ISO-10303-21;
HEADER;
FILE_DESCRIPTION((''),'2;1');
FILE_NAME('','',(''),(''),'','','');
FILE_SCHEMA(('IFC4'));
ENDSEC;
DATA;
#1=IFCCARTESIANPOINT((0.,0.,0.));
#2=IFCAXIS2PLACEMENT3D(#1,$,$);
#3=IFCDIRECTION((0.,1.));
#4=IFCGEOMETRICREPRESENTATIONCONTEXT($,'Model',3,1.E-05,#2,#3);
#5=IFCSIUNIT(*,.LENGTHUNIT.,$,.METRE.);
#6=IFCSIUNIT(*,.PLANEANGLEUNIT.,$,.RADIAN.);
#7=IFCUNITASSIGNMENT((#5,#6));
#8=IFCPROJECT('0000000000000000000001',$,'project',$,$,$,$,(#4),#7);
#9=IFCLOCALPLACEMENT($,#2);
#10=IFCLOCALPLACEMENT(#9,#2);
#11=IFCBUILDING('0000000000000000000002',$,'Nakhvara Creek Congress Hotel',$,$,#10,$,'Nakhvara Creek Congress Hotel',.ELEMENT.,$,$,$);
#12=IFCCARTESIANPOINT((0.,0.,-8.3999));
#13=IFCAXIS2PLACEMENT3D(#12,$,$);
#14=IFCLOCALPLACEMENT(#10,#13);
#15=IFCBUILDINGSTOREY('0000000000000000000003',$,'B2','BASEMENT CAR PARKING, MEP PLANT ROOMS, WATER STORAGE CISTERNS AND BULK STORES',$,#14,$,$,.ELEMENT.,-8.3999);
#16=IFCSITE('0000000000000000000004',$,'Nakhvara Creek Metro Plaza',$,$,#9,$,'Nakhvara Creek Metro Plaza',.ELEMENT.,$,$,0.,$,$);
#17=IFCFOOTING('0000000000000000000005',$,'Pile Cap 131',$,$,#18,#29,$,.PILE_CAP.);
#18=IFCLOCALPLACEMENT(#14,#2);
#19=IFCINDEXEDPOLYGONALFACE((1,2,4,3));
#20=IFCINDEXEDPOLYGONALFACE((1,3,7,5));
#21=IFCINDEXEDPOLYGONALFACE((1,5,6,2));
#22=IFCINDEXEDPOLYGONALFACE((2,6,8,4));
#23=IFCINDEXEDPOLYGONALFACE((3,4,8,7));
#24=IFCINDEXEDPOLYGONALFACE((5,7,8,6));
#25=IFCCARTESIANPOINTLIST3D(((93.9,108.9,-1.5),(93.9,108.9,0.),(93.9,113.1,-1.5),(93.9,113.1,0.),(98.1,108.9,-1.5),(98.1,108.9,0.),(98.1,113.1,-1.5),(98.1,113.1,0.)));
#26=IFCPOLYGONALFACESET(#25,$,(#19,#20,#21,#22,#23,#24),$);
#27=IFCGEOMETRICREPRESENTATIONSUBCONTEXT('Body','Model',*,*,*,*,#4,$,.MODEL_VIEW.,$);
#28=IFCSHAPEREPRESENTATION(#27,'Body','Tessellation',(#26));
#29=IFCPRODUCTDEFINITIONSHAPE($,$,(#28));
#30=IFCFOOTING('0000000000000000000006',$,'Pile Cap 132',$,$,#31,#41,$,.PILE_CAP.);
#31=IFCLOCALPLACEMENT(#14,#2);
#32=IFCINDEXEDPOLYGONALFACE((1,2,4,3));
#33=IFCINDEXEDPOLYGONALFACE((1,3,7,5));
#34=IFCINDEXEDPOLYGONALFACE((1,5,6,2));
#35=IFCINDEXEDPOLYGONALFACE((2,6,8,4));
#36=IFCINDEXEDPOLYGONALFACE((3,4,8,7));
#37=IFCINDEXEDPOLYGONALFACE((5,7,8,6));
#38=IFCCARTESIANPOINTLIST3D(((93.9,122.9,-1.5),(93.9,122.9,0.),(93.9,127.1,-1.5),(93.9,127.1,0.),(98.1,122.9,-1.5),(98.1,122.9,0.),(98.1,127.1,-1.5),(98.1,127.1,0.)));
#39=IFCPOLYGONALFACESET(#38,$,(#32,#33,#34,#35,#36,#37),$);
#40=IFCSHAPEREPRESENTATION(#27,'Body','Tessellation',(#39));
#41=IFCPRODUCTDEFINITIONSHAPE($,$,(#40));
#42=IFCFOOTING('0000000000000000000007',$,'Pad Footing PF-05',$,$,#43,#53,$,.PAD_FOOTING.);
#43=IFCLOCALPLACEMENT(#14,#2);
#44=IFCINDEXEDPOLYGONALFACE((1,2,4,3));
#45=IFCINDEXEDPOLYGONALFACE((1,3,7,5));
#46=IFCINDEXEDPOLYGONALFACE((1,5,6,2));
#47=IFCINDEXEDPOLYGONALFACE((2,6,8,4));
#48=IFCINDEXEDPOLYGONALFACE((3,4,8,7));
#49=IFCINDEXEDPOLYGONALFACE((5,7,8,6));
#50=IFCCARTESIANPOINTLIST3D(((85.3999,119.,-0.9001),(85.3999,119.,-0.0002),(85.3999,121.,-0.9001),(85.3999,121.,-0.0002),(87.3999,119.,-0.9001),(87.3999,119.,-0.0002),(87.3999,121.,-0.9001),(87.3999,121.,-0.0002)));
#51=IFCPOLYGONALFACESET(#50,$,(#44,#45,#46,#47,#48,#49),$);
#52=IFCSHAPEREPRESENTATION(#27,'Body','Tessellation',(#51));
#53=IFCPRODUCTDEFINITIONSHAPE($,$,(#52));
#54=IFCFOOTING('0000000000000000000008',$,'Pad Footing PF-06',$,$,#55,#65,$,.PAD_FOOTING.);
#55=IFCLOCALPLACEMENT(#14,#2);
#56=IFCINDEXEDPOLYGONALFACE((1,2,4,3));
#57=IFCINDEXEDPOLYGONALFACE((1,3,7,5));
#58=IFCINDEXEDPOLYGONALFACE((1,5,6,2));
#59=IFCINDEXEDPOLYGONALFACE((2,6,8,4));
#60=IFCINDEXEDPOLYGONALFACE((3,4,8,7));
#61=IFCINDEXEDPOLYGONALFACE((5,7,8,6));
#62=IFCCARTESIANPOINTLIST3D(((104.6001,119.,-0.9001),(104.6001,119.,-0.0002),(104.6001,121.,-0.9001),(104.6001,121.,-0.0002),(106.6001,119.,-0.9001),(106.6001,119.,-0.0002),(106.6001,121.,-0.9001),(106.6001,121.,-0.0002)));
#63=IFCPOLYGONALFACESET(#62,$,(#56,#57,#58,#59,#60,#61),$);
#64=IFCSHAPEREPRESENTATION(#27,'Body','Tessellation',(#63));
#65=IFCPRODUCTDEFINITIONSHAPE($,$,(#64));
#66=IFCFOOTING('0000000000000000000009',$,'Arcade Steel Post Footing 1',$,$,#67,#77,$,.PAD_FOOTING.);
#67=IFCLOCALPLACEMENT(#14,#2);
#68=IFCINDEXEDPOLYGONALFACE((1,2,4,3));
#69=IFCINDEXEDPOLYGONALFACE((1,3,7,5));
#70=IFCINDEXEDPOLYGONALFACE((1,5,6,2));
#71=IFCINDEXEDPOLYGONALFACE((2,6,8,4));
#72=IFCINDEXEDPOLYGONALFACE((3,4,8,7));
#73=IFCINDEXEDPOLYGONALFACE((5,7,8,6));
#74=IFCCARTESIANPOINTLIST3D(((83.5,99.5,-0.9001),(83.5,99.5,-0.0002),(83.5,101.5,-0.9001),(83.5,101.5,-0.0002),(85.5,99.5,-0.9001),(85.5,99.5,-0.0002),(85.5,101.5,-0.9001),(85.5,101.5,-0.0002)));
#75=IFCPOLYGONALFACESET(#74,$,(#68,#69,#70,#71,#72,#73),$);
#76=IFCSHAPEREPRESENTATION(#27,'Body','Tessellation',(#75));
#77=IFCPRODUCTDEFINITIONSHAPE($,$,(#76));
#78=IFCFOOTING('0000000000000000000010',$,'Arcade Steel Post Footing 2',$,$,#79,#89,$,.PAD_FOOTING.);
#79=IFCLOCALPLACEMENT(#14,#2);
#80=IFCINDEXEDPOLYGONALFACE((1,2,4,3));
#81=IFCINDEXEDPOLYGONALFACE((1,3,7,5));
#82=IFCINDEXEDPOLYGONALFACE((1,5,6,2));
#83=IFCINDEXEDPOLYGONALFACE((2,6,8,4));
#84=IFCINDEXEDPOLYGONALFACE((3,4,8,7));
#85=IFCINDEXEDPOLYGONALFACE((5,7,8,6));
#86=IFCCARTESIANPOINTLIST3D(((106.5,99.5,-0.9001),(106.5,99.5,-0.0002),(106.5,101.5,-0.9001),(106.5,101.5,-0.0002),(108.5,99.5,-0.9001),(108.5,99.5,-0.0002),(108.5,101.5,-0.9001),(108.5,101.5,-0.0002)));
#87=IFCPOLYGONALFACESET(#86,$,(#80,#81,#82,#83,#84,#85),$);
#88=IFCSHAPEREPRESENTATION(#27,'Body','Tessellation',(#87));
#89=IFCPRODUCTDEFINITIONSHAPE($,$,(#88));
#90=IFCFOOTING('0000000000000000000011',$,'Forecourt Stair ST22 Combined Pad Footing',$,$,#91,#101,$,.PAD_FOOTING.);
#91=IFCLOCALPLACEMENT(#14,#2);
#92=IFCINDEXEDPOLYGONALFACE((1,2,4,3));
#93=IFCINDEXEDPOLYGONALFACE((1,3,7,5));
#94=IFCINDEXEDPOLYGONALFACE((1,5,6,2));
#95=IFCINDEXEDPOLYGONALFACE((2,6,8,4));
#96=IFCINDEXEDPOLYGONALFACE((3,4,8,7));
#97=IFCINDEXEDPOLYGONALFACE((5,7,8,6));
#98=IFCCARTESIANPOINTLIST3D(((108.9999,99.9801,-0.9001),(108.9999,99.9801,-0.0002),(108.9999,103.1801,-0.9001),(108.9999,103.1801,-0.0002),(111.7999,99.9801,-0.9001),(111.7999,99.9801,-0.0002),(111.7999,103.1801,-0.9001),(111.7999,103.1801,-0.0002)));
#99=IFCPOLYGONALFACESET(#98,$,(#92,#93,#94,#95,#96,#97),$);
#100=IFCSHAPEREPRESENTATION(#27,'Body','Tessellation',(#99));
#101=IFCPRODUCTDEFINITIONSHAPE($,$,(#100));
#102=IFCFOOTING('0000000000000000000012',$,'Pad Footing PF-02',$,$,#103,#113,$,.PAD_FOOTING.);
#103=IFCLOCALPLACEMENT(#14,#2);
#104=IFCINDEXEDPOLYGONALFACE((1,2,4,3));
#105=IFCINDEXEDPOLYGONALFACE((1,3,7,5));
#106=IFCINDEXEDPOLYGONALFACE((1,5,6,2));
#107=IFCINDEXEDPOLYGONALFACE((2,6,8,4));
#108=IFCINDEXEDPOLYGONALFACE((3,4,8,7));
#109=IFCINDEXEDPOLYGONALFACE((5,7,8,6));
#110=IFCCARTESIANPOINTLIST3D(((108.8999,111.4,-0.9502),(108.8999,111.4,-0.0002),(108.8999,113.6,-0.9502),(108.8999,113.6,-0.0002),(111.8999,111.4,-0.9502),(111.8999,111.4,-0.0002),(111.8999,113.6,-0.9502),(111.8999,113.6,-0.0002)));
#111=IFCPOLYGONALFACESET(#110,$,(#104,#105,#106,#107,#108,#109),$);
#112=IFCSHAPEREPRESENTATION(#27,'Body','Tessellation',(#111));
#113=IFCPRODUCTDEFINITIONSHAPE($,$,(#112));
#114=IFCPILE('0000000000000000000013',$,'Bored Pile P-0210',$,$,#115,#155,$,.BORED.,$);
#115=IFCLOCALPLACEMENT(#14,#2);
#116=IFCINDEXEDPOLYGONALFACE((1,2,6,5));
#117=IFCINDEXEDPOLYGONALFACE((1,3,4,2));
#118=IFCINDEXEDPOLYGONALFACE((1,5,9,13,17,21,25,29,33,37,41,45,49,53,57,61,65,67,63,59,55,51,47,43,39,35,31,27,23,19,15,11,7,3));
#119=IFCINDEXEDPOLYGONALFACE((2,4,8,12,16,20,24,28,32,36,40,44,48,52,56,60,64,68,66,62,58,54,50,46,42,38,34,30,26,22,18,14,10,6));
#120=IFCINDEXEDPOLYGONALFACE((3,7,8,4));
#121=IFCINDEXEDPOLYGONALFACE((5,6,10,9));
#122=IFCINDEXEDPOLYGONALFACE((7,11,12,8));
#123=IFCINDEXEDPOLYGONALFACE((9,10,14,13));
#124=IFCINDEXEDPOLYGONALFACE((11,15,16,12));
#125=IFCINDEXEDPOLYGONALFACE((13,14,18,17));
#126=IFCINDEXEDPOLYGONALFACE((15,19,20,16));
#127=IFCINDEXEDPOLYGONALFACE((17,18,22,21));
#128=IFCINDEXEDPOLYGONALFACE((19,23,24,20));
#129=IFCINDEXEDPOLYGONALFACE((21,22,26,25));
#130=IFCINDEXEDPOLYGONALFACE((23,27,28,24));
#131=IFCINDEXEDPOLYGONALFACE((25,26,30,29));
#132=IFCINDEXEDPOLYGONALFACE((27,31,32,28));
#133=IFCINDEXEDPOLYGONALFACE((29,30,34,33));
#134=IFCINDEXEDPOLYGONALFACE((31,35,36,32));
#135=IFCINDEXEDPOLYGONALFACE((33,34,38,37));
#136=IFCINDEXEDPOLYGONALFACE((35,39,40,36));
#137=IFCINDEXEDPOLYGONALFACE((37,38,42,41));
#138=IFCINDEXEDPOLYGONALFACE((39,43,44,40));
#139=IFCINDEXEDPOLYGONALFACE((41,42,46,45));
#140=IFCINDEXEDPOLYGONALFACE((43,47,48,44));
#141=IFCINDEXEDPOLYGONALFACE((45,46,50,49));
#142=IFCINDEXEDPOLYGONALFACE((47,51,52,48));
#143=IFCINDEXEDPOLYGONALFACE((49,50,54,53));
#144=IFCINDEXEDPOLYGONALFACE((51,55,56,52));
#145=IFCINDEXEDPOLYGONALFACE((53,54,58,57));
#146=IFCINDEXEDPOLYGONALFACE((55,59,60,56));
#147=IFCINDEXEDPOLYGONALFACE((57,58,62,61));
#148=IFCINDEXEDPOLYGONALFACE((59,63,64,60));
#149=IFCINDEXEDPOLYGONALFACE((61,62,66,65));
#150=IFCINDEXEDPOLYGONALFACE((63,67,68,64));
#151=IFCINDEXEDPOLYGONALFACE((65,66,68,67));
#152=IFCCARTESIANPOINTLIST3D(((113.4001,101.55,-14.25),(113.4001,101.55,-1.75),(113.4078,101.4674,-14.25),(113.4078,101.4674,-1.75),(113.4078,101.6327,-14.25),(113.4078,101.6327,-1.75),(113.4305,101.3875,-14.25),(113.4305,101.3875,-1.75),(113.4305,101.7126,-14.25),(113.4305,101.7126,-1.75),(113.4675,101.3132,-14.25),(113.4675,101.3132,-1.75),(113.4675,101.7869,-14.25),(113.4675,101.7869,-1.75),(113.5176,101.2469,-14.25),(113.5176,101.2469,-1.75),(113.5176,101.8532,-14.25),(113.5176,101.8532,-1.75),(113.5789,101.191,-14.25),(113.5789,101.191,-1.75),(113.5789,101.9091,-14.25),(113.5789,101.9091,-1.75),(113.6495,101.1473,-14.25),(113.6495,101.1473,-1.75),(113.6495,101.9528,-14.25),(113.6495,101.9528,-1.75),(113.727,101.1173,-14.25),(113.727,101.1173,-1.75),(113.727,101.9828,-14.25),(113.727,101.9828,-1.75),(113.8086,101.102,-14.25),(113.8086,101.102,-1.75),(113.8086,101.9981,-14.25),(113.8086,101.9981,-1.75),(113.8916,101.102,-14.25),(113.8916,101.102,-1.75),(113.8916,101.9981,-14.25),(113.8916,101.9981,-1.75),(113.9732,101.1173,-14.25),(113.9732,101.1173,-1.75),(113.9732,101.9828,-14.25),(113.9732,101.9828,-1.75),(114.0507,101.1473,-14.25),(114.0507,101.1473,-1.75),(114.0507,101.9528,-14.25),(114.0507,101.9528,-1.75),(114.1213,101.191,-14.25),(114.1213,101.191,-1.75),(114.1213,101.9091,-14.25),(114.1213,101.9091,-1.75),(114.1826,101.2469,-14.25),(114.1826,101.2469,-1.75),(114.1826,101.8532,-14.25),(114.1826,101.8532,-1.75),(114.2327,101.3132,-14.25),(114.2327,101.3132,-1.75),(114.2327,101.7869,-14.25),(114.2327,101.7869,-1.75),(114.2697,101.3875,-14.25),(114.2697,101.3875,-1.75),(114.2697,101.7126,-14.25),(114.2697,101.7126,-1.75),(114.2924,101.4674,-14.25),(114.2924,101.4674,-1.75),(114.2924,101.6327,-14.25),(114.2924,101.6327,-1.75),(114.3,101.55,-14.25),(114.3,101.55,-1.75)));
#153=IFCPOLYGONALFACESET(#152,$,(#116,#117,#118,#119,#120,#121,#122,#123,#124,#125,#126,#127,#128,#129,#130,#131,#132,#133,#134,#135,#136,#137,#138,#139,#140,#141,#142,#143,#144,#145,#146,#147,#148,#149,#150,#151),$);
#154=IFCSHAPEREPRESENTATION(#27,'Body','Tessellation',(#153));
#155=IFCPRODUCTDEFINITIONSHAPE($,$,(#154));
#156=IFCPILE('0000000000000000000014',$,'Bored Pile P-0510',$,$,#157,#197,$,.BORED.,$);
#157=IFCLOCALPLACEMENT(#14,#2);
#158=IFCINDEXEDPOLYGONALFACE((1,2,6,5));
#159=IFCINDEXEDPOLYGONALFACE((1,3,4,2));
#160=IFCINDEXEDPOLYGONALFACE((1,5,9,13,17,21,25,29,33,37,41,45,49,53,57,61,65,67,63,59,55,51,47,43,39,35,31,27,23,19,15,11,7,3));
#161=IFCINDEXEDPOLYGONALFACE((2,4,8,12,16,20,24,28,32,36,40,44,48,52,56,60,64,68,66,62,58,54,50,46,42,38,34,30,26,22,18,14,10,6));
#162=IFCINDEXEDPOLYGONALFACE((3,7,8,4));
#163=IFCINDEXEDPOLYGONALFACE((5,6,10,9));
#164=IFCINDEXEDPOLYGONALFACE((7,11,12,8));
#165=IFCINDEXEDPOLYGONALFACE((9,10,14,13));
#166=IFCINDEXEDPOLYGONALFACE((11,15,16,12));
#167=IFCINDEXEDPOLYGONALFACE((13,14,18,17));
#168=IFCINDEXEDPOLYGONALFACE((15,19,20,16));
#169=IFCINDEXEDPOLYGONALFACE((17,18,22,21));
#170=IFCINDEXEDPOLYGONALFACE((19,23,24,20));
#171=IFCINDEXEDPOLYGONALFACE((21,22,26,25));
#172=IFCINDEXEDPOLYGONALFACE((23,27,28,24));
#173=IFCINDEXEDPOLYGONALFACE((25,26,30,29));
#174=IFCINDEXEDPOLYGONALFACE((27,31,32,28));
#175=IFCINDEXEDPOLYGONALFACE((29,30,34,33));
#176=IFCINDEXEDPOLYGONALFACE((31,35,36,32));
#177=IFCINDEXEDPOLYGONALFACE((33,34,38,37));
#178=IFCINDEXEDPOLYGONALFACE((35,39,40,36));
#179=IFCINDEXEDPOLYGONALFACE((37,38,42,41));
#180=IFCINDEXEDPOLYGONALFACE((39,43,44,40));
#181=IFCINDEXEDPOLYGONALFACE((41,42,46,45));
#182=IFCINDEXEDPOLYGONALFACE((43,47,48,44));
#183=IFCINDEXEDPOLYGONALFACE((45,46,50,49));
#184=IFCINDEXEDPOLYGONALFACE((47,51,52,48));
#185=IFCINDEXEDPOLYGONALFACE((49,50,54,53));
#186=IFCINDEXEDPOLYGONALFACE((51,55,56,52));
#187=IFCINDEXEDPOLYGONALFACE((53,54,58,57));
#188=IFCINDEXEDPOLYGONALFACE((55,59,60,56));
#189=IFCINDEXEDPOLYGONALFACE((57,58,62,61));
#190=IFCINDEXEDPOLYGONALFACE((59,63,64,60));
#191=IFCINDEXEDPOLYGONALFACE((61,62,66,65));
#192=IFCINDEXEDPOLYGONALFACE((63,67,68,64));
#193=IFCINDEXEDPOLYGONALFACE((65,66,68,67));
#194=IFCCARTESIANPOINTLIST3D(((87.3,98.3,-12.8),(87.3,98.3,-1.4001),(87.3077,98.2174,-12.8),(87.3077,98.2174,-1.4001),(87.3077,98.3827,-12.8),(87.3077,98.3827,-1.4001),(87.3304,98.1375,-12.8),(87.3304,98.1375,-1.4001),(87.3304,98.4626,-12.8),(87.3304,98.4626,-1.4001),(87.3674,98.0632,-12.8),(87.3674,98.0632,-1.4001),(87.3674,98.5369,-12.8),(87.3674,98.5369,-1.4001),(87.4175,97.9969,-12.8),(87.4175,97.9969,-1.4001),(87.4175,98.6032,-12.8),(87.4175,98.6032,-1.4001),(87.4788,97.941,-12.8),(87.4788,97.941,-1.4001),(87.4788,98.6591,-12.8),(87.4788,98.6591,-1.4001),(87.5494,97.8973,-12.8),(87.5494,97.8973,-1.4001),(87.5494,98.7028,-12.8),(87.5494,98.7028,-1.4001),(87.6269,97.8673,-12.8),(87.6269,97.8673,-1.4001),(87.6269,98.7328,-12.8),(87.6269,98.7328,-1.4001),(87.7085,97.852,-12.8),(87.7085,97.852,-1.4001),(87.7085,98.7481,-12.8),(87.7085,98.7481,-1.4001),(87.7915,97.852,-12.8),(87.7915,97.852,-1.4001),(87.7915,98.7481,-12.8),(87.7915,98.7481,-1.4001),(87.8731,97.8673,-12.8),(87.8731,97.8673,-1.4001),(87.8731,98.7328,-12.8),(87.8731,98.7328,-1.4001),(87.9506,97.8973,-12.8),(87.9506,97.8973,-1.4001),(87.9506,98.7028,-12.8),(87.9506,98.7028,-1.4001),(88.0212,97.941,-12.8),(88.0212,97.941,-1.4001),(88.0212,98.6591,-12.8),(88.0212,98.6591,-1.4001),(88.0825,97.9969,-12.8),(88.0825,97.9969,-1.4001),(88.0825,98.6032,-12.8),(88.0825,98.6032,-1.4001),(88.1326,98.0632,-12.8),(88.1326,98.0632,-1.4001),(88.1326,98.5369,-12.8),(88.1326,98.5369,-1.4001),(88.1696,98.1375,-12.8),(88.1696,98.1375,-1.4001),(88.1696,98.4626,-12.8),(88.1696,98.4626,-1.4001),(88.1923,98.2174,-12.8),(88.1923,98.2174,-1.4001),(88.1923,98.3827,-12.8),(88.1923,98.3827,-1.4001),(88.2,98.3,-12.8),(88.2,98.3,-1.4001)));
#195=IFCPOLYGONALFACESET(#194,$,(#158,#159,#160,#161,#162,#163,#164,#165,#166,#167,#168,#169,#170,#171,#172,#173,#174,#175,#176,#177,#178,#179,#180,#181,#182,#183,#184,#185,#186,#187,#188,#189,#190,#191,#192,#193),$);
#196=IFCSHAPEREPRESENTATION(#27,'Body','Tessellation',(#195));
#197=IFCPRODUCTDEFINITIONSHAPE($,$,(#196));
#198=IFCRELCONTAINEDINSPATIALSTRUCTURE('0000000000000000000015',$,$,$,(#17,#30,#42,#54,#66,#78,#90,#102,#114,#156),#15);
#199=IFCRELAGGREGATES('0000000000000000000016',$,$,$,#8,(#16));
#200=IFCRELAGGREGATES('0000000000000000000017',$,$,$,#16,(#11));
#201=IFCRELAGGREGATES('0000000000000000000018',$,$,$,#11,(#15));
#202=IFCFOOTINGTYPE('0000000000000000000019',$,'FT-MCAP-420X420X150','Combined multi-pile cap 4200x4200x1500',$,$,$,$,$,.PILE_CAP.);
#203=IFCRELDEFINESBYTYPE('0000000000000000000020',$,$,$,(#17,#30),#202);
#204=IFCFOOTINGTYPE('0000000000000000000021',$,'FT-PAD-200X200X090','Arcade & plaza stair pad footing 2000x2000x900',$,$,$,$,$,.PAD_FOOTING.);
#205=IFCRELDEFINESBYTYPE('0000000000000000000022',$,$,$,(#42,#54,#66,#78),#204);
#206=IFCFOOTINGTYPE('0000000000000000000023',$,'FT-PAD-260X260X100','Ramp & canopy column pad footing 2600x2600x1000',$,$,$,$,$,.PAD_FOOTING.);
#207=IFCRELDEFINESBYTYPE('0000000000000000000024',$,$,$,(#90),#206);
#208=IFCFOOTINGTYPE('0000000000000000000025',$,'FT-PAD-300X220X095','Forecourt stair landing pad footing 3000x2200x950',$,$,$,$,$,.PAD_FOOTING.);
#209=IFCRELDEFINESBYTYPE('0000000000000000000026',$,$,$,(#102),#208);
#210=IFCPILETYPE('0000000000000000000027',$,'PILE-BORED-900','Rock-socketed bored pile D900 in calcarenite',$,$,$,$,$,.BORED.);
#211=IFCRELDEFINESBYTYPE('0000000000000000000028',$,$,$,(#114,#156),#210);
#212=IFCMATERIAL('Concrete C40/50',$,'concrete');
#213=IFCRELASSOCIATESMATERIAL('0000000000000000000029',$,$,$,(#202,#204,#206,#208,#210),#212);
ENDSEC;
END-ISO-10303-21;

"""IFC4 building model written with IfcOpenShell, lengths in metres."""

from ifc_helpers import new_model, si_unit, direction, frame, origin, origin_2d, place, context, subcontext, project, spatial, rectangle, circle, extrude, material, material_profile, profile_set, type_object, element, save


model = new_model("IFC4")

# Units and contexts
model_context = context("Model", 3, precision=1e-05, world=origin(), true_north=direction((0.0, 1.0)))
body_context = subcontext(model_context, "Body", "Model", "MODEL_VIEW")
ifc_project = project(units=[si_unit("LENGTHUNIT", "METRE"), si_unit("PLANEANGLEUNIT", "RADIAN")], contexts=[model_context])

# Site, building, storey
site_placement = place(None, origin())
site = spatial("IfcSite", under=ifc_project, at=site_placement, Name="Nakhvara Creek Metro Plaza", LongName="Nakhvara Creek Metro Plaza", CompositionType="ELEMENT", RefElevation=0.0)
building_placement = place(site_placement, origin())
building = spatial("IfcBuilding", under=site, at=building_placement, Name="Nakhvara Creek Congress Hotel", LongName="Nakhvara Creek Congress Hotel", CompositionType="ELEMENT")
storey_placement = place(building_placement, frame((0.0, 0.0, -8.3999)))
storey = spatial("IfcBuildingStorey", under=building, at=storey_placement, Name="B2", Description="BASEMENT CAR PARKING, MEP PLANT ROOMS, WATER STORAGE CISTERNS AND BULK STORES", CompositionType="ELEMENT", Elevation=-8.3999)

# Footings
ifc_material_1 = material(Name="Concrete C40/50", Category="concrete")
footing_type_1 = type_object("IfcFootingType", Name="FT-MCAP-420X420X150", Description="Combined multi-pile cap 4200x4200x1500", PredefinedType="PILE_CAP", material=ifc_material_1)
for number, where, z_axis, x_axis, name in (
    (1, (96.0, 111.0, -1.5), (0.0, 0.0, 1.0), (1.0, 0.0, 0.0), "Pile Cap 131"),
    (2, (96.0, 125.0, -1.5), (0.0, 0.0, 1.0), (1.0, 0.0, 0.0), "Pile Cap 132"),
):
    element("IfcFooting", number, at=place(storey_placement, frame(where, z_axis=z_axis, x_axis=x_axis)), inside=storey, type_object=footing_type_1, Name=name, PredefinedType="PILE_CAP", context=body_context, shape_type="SweptSolid", body=[
        extrude(rectangle(XDim=4.2, YDim=4.2, at=origin_2d()), origin(), (0.0, 0.0, 1.0), 1.5),
    ])
footing_type_2 = type_object("IfcFootingType", Name="FT-PAD-200X200X090", Description="Arcade & plaza stair pad footing 2000x2000x900", PredefinedType="PAD_FOOTING", material=ifc_material_1)
for number, where, z_axis, x_axis, name in (
    (3, (86.3999, 120.0, -0.9001), (0.0, 0.0, 1.0), (1.0, 0.0, 0.0), "Pad Footing PF-05"),
    (4, (105.6001, 120.0, -0.9001), (0.0, 0.0, 1.0), (1.0, 0.0, 0.0), "Pad Footing PF-06"),
    (5, (84.5, 100.5, -0.9001), (0.0, 0.0, 1.0), (1.0, 0.0, 0.0), "Arcade Steel Post Footing 1"),
    (6, (107.5, 100.5, -0.9001), (0.0, 0.0, 1.0), (1.0, 0.0, 0.0), "Arcade Steel Post Footing 2"),
):
    element("IfcFooting", number, at=place(storey_placement, frame(where, z_axis=z_axis, x_axis=x_axis)), inside=storey, type_object=footing_type_2, Name=name, PredefinedType="PAD_FOOTING", context=body_context, shape_type="SweptSolid", body=[
        extrude(rectangle(XDim=2.0, YDim=2.0, at=origin_2d()), origin(), (0.0, 0.0, 1.0), 0.8999),
    ])
footing_type_3 = type_object("IfcFootingType", Name="FT-PAD-260X260X100", Description="Ramp & canopy column pad footing 2600x2600x1000", PredefinedType="PAD_FOOTING", material=ifc_material_1)
footing_1_placement = place(storey_placement, frame((110.3999, 101.5801, -0.9001), z_axis=(0.0, 0.0, 1.0), x_axis=(1.0, 0.0, 0.0)))
element("IfcFooting", 7, at=footing_1_placement, inside=storey, type_object=footing_type_3, Name="Forecourt Stair ST22 Combined Pad Footing", PredefinedType="PAD_FOOTING", context=body_context, shape_type="SweptSolid", body=[
    extrude(rectangle(XDim=2.8, YDim=3.2, at=origin_2d()), origin(), (0.0, 0.0, 1.0), 0.8999),
])
footing_type_4 = type_object("IfcFootingType", Name="FT-PAD-300X220X095", Description="Forecourt stair landing pad footing 3000x2200x950", PredefinedType="PAD_FOOTING", material=ifc_material_1)
footing_2_placement = place(storey_placement, frame((110.3999, 112.5, -0.9502), z_axis=(0.0, 0.0, 1.0), x_axis=(1.0, 0.0, 0.0)))
element("IfcFooting", 8, at=footing_2_placement, inside=storey, type_object=footing_type_4, Name="Pad Footing PF-02", PredefinedType="PAD_FOOTING", context=body_context, shape_type="SweptSolid", body=[
    extrude(rectangle(XDim=3.0, YDim=2.2, at=origin_2d()), origin(), (0.0, 0.0, 1.0), 0.95),
])

# Piles
ifc_material_profile_1 = material_profile(ifc_material_1, circle(Radius=0.45, at=origin_2d()), Name="BORED PILE D900", Category="LoadBearing")
ifc_profile_set_1 = profile_set([ifc_material_profile_1], Name="Concrete C40/50")
pile_type = type_object("IfcPileType", Name="PILE-BORED-900", Description="Rock-socketed bored pile D900 in calcarenite", PredefinedType="BORED", material=ifc_profile_set_1)
pile_placement = place(storey_placement, frame((113.8501, 101.55, -1.75), z_axis=(0.0, 0.0, -1.0), x_axis=(1.0, 0.0, 0.0)))
element("IfcPile", 9, at=pile_placement, inside=storey, type_object=pile_type, Name="Bored Pile P-0210", PredefinedType="BORED", context=body_context, shape_type="SweptSolid", body=[
    extrude(circle(Radius=0.45, at=origin_2d()), origin(), (0.0, 0.0, 1.0), 12.5),
])
for number, where, z_axis, x_axis, name in (
    (10, (87.75, 98.3, -1.4001), (0.0, 0.0, -1.0), (1.0, 0.0, 0.0), "Bored Pile P-0510"),
):
    element("IfcPile", number, at=place(storey_placement, frame(where, z_axis=z_axis, x_axis=x_axis)), inside=storey, type_object=pile_type, Name=name, PredefinedType="BORED", context=body_context, shape_type="SweptSolid", body=[
        extrude(circle(Radius=0.45, at=origin_2d()), origin(), (0.0, 0.0, 1.0), 11.3999),
    ])

save(model, "model.ifc")
